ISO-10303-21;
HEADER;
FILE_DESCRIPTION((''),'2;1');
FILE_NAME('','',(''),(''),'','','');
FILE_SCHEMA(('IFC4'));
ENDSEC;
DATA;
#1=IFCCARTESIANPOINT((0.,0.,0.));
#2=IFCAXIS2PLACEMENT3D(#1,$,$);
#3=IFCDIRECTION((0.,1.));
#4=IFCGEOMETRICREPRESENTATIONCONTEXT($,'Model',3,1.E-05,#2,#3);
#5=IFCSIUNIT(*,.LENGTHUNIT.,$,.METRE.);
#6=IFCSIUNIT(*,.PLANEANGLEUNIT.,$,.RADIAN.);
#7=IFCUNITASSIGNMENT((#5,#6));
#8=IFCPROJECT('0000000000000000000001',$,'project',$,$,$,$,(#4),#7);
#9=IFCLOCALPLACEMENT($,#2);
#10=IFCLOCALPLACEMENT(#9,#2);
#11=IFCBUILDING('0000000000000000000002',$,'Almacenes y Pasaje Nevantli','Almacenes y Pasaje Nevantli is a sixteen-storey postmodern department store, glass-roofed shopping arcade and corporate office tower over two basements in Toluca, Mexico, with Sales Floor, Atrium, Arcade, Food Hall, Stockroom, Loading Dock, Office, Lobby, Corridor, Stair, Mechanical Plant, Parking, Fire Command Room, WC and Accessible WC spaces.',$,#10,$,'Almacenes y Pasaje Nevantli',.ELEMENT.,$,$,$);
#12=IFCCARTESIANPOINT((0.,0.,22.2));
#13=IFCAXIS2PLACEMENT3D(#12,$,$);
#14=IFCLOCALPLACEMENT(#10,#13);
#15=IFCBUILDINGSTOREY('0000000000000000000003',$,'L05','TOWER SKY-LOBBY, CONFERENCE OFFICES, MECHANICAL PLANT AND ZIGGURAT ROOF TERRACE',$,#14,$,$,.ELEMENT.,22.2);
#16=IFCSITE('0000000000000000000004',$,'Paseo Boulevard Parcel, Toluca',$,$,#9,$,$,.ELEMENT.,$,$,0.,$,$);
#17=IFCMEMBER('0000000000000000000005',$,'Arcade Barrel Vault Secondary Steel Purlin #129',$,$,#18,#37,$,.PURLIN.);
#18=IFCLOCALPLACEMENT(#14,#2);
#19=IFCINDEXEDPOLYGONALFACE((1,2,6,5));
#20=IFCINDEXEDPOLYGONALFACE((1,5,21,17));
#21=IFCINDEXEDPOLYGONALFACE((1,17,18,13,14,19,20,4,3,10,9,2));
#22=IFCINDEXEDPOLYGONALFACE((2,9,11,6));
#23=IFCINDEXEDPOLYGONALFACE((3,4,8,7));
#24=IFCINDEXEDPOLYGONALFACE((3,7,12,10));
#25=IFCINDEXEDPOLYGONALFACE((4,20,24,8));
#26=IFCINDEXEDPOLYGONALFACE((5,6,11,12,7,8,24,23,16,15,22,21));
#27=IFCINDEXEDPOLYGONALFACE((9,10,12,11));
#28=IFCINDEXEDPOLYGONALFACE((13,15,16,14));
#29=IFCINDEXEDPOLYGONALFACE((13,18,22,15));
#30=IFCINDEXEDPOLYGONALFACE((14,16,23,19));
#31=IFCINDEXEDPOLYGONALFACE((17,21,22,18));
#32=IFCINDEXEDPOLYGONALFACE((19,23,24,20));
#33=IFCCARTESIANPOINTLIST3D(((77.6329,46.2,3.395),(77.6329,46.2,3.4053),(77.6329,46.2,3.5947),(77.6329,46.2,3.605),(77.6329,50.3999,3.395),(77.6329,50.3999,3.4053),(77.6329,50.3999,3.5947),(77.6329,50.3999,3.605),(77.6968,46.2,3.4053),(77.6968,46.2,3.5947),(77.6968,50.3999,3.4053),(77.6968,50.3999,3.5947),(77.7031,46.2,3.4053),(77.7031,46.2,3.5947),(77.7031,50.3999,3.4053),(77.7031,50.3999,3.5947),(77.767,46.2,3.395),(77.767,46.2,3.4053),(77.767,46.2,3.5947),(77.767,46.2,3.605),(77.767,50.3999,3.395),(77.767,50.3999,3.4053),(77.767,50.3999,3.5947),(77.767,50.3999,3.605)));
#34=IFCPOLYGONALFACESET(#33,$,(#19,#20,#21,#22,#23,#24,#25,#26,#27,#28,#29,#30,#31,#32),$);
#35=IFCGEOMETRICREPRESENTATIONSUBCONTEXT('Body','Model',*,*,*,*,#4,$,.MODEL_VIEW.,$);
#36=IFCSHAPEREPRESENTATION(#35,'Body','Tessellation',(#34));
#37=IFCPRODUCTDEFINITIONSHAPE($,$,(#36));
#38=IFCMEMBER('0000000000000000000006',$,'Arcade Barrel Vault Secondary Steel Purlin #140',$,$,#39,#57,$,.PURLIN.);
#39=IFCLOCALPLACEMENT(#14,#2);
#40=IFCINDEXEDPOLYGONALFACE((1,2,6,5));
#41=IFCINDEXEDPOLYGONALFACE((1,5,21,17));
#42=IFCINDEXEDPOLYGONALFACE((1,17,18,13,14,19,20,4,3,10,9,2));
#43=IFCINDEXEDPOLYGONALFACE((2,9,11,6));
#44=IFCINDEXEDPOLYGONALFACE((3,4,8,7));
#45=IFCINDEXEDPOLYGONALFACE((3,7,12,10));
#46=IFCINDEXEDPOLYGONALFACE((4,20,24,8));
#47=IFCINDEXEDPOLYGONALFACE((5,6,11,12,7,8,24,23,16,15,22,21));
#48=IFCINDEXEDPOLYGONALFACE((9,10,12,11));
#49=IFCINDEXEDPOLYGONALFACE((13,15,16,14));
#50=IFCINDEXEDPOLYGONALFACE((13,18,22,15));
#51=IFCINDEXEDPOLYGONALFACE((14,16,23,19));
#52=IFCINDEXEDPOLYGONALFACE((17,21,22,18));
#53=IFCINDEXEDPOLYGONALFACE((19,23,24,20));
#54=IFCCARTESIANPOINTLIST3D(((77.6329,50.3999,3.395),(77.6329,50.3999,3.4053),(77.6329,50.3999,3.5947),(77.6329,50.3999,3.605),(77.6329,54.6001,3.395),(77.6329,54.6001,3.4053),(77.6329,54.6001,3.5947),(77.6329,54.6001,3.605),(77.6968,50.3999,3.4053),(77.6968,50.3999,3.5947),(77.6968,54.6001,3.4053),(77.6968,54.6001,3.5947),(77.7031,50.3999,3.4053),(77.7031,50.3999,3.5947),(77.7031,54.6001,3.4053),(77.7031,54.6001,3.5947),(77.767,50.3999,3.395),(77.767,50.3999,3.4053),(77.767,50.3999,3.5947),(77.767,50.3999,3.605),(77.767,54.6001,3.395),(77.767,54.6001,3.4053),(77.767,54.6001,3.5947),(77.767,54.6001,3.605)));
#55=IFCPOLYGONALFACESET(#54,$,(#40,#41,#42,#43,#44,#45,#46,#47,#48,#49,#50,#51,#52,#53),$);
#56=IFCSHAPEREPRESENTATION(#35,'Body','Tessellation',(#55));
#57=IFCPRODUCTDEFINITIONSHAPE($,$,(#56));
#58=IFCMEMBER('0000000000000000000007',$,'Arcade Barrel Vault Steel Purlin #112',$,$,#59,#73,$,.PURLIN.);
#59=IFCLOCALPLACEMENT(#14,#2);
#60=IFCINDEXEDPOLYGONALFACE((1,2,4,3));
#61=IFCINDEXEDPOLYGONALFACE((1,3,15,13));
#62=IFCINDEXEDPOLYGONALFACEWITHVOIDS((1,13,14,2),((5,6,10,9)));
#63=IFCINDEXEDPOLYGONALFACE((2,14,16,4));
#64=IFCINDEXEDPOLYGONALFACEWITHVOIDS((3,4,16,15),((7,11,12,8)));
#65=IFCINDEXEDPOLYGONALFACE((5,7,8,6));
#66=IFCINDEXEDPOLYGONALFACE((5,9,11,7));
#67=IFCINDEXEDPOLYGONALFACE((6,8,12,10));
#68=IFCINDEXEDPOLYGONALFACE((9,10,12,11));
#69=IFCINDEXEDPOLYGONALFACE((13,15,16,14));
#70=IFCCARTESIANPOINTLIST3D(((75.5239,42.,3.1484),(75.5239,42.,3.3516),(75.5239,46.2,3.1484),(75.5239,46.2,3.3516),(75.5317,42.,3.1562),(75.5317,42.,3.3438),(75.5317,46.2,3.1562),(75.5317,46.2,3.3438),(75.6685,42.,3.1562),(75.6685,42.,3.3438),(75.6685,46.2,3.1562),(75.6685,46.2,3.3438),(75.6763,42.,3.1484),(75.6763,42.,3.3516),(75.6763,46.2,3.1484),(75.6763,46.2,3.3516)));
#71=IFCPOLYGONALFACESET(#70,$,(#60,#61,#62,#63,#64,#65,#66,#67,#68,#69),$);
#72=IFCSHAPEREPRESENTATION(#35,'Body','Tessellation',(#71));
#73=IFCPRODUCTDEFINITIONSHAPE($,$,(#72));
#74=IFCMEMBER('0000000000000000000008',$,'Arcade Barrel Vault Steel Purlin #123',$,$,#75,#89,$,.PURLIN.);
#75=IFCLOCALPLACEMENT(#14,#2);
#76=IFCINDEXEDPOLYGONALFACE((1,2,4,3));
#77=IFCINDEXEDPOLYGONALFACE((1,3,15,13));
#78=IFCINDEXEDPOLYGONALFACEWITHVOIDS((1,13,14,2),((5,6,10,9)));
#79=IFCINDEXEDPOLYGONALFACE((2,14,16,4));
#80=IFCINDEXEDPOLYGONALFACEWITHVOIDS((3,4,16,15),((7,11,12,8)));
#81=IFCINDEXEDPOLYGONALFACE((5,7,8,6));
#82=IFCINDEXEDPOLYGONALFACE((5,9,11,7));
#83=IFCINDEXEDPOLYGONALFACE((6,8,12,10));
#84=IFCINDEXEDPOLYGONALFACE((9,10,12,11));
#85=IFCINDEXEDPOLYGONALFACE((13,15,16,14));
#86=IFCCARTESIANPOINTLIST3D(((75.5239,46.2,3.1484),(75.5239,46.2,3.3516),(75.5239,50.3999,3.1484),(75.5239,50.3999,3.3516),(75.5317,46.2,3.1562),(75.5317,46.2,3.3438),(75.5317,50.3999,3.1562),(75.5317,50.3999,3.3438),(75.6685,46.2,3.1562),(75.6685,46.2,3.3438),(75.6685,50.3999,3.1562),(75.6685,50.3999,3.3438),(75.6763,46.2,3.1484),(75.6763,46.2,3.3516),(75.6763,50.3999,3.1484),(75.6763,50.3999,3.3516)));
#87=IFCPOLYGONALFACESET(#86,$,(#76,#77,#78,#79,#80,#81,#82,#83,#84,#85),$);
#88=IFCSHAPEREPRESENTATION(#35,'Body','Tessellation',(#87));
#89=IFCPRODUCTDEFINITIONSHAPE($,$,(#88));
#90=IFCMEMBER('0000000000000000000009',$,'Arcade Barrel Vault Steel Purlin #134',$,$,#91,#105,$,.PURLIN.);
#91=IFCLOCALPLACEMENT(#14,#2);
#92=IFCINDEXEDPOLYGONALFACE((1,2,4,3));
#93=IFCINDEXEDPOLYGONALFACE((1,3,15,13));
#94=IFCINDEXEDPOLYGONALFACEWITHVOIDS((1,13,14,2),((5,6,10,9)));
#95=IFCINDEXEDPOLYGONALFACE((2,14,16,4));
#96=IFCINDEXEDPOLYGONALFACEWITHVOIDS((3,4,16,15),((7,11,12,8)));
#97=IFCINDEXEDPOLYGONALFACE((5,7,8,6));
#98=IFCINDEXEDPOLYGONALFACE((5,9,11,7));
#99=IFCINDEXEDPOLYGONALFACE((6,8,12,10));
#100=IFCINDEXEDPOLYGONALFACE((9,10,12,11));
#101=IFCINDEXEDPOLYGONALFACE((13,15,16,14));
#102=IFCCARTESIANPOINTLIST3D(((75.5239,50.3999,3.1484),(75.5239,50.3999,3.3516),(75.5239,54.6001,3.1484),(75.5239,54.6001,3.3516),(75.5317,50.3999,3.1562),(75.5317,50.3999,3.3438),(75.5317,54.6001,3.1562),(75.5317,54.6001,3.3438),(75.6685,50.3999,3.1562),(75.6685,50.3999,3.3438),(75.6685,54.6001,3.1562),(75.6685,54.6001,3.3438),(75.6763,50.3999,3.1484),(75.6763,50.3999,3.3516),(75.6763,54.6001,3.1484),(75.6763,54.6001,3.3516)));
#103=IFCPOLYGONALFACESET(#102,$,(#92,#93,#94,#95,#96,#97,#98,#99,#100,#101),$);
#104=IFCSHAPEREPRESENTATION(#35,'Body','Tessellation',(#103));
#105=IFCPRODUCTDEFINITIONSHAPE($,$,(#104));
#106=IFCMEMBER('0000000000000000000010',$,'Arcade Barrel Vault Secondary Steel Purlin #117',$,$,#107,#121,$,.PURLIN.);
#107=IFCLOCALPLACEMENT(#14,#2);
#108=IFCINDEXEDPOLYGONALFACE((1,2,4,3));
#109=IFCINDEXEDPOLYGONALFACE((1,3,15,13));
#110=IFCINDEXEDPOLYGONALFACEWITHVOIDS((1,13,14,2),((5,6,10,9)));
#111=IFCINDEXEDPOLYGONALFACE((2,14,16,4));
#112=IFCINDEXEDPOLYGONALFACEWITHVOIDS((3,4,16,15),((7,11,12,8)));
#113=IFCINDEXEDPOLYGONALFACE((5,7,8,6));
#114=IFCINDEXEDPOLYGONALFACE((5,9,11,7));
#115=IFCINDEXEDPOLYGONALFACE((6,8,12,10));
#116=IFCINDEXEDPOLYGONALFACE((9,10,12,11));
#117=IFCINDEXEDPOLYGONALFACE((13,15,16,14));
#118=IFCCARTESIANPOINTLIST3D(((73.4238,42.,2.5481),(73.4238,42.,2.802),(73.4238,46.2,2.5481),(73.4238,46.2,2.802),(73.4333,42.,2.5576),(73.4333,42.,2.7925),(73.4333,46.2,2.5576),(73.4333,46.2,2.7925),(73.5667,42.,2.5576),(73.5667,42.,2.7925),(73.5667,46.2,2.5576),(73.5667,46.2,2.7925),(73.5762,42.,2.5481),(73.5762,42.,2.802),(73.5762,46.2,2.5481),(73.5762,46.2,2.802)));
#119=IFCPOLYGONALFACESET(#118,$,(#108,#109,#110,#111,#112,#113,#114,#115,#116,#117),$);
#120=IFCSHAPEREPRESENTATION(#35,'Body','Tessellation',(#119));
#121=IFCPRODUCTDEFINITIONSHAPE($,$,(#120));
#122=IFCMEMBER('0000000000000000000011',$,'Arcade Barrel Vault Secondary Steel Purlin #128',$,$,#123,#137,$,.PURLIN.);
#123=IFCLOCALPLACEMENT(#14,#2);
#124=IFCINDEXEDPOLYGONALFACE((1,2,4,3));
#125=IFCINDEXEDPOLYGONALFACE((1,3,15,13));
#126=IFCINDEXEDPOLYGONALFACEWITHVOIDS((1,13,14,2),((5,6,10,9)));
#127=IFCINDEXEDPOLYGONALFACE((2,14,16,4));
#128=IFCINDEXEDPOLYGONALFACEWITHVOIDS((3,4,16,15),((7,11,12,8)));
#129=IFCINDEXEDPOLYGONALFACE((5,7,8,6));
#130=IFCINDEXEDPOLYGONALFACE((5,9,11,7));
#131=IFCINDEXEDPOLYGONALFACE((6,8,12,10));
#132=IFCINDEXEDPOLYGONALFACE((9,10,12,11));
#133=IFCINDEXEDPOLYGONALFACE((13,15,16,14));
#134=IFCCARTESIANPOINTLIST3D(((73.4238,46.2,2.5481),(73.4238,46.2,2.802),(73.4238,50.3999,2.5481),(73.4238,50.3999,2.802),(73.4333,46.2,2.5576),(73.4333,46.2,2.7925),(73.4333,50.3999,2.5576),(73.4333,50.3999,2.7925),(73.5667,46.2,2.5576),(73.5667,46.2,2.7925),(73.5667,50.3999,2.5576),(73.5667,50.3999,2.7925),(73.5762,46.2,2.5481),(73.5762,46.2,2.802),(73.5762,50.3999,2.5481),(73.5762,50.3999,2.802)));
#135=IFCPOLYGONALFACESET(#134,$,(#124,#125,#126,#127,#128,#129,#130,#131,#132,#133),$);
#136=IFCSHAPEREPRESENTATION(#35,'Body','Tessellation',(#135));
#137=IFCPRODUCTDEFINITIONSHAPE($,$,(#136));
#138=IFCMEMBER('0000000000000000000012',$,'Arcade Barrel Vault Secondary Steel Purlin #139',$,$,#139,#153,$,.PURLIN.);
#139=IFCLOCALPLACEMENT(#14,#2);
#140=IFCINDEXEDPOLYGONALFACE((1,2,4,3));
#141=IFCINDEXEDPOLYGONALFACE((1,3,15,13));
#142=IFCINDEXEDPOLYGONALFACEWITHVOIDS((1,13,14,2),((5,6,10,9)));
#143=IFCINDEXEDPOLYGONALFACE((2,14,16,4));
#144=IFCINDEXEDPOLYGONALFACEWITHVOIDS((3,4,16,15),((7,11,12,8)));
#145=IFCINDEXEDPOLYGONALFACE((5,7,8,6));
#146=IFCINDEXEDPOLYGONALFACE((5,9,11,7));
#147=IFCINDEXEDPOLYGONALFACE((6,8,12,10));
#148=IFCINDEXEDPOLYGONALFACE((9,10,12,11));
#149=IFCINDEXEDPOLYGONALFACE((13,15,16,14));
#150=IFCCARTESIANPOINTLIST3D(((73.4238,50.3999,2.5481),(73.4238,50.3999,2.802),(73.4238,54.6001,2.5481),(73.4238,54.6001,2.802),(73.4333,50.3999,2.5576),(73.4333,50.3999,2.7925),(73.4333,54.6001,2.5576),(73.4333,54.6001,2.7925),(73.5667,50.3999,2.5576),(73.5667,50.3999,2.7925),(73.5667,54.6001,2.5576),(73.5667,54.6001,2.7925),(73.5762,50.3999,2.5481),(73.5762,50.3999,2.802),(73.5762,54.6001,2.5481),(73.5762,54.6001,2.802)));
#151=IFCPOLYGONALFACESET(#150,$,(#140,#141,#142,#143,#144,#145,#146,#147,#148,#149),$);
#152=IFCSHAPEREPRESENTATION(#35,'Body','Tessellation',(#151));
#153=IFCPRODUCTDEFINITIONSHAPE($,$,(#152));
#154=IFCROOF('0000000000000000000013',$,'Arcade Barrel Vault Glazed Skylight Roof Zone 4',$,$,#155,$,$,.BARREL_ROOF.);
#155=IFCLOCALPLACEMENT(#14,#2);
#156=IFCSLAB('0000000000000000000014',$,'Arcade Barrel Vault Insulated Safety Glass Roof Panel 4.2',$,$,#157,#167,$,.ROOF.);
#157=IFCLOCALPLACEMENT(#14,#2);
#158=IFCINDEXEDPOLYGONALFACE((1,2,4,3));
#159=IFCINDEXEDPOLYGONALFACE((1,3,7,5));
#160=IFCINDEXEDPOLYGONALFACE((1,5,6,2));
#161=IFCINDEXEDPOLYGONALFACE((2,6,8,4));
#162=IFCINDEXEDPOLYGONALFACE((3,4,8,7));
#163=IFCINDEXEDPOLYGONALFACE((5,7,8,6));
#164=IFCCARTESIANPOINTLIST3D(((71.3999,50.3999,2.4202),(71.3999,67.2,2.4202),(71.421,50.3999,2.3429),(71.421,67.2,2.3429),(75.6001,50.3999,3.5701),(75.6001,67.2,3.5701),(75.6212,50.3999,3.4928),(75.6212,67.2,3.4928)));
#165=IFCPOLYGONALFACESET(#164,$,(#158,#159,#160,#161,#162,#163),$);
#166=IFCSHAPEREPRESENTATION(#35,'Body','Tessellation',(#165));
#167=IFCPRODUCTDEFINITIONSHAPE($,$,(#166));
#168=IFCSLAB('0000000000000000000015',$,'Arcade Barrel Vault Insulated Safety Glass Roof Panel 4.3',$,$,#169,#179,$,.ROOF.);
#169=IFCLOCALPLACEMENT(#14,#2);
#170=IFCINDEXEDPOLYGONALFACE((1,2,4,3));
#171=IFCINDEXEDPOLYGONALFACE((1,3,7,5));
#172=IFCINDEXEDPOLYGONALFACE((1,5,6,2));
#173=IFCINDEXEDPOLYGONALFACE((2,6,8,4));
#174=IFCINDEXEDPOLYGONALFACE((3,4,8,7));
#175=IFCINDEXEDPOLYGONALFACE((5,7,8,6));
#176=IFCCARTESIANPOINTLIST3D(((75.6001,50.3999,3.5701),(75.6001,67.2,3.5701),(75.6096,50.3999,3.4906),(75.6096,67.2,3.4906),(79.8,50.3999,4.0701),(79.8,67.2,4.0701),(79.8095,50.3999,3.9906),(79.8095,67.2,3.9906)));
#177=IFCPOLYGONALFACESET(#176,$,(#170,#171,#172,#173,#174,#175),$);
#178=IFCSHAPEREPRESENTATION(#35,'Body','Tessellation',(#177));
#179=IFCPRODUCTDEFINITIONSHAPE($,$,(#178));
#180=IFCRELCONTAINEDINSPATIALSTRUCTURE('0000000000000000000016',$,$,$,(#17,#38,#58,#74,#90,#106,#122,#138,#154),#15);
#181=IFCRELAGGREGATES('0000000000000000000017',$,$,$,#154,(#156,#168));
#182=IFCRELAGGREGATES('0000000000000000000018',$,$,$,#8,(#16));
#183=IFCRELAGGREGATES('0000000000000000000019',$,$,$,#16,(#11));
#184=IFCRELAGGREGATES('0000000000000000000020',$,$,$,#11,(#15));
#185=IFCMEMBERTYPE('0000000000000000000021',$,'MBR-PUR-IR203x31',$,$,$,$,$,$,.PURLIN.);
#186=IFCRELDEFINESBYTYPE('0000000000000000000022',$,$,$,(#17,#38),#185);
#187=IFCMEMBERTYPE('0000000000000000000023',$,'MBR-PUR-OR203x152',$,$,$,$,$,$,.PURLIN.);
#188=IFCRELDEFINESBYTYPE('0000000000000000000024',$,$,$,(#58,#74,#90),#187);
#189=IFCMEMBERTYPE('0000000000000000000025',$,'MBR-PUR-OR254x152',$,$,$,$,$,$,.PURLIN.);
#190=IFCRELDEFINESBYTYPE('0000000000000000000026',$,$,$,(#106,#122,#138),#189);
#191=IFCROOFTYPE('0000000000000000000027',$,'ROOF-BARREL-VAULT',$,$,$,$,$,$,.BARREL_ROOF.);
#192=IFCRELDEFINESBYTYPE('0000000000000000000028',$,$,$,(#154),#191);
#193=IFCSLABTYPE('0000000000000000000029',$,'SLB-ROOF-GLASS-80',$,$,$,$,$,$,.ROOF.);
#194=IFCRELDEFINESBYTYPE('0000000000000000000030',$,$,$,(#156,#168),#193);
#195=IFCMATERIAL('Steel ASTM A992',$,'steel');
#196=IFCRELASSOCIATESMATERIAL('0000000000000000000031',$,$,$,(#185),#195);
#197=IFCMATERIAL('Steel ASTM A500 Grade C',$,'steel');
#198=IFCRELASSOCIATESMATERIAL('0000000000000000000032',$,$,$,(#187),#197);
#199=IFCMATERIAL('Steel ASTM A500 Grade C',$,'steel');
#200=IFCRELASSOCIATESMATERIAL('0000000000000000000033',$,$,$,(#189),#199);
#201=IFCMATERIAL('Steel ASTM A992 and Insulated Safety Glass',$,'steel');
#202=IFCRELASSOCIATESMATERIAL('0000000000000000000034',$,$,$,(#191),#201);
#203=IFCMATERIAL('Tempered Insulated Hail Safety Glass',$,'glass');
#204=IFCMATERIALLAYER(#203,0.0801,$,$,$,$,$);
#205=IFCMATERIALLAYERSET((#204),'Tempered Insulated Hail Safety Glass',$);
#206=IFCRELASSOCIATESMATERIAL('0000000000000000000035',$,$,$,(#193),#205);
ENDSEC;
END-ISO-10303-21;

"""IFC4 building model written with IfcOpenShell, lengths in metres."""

from ifc_helpers import new_model, si_unit, direction, frame, origin, origin_2d, place, context, subcontext, project, spatial, polyline, hollow_rectangle, i_section, outline, extrude, material, layer, layer_set, material_profile, profile_set, type_object, element, aggregate, save


model = new_model("IFC4")

# Units and contexts
model_context = context("Model", 3, precision=1e-05, world=origin(), true_north=direction((0.0, 1.0)))
body_context = subcontext(model_context, "Body", "Model", "MODEL_VIEW")
ifc_project = project(units=[si_unit("LENGTHUNIT", "METRE"), si_unit("PLANEANGLEUNIT", "RADIAN")], contexts=[model_context])

# Site, building, storey
site_placement = place(None, origin())
site = spatial("IfcSite", under=ifc_project, at=site_placement, Name="Paseo Boulevard Parcel, Toluca", CompositionType="ELEMENT", RefElevation=0.0)
building_placement = place(site_placement, origin())
building = spatial("IfcBuilding", under=site, at=building_placement, Name="Almacenes y Pasaje Nevantli", Description="Almacenes y Pasaje Nevantli is a sixteen-storey postmodern department store, glass-roofed shopping arcade and corporate office tower over two basements in Toluca, Mexico, with Sales Floor, Atrium, Arcade, Food Hall, Stockroom, Loading Dock, Office, Lobby, Corridor, Stair, Mechanical Plant, Parking, Fire Command Room, WC and Accessible WC spaces.", LongName="Almacenes y Pasaje Nevantli", CompositionType="ELEMENT")
storey_placement = place(building_placement, frame((0.0, 0.0, 22.2)))
storey = spatial("IfcBuildingStorey", under=building, at=storey_placement, Name="L05", Description="TOWER SKY-LOBBY, CONFERENCE OFFICES, MECHANICAL PLANT AND ZIGGURAT ROOF TERRACE", CompositionType="ELEMENT", Elevation=22.2)

# Members
ifc_material_1 = material(Name="Steel ASTM A992", Category="steel")
ifc_material_profile_1 = material_profile(ifc_material_1, i_section(OverallWidth=0.134, OverallDepth=0.21, WebThickness=0.0063, FlangeThickness=0.0103, at=origin_2d()), Name="IR 203x31.3")
ifc_profile_set_1 = profile_set([ifc_material_profile_1], Name="Steel ASTM A992")
member_type_1 = type_object("IfcMemberType", Name="MBR-PUR-IR203x31", PredefinedType="PURLIN", material=ifc_profile_set_1)
for number, where, z_axis, x_axis, name in (
    (1, (77.7, 46.2, 3.5), (0.0, 1.0, 0.0), (-1.0, 0.0, 0.0), "Arcade Barrel Vault Secondary Steel Purlin #129"),
):
    element("IfcMember", number, at=place(storey_placement, frame(where, z_axis=z_axis, x_axis=x_axis)), inside=storey, type_object=member_type_1, Name=name, PredefinedType="PURLIN", context=body_context, shape_type="SweptSolid", body=[
        extrude(i_section(OverallWidth=0.134, OverallDepth=0.21, WebThickness=0.0063, FlangeThickness=0.0103, at=origin_2d()), origin(), (0.0, 0.0, 1.0), 4.2),
    ])
member_1_placement = place(storey_placement, frame((77.7, 50.3999, 3.5), z_axis=(0.0, 1.0, 0.0), x_axis=(-1.0, 0.0, 0.0)))
element("IfcMember", 2, at=member_1_placement, inside=storey, type_object=member_type_1, Name="Arcade Barrel Vault Secondary Steel Purlin #140", PredefinedType="PURLIN", context=body_context, shape_type="SweptSolid", body=[
    extrude(i_section(OverallWidth=0.134, OverallDepth=0.21, WebThickness=0.0063, FlangeThickness=0.0103, at=origin_2d()), origin(), (0.0, 0.0, 1.0), 4.2002),
])
ifc_material_2 = material(Name="Steel ASTM A500 Grade C", Category="steel")
ifc_material_profile_2 = material_profile(ifc_material_2, hollow_rectangle(XDim=0.1523, YDim=0.2031, WallThickness=0.0078, at=origin_2d()), Name="OR 203x152x7.9")
ifc_profile_set_2 = profile_set([ifc_material_profile_2], Name="Steel ASTM A500 Grade C")
member_type_2 = type_object("IfcMemberType", Name="MBR-PUR-OR203x152", PredefinedType="PURLIN", material=ifc_profile_set_2)
for number, where, z_axis, x_axis, name in (
    (3, (75.6001, 42.0, 3.25), (0.0, 1.0, 0.0), (-1.0, 0.0, 0.0), "Arcade Barrel Vault Steel Purlin #112"),
    (4, (75.6001, 46.2, 3.25), (0.0, 1.0, 0.0), (-1.0, 0.0, 0.0), "Arcade Barrel Vault Steel Purlin #123"),
):
    element("IfcMember", number, at=place(storey_placement, frame(where, z_axis=z_axis, x_axis=x_axis)), inside=storey, type_object=member_type_2, Name=name, PredefinedType="PURLIN", context=body_context, shape_type="SweptSolid", body=[
        extrude(hollow_rectangle(XDim=0.1523, YDim=0.2031, WallThickness=0.0078, at=origin_2d()), origin(), (0.0, 0.0, 1.0), 4.2),
    ])
member_2_placement = place(storey_placement, frame((75.6001, 50.3999, 3.25), z_axis=(0.0, 1.0, 0.0), x_axis=(-1.0, 0.0, 0.0)))
element("IfcMember", 5, at=member_2_placement, inside=storey, type_object=member_type_2, Name="Arcade Barrel Vault Steel Purlin #134", PredefinedType="PURLIN", context=body_context, shape_type="SweptSolid", body=[
    extrude(hollow_rectangle(XDim=0.1523, YDim=0.2031, WallThickness=0.0078, at=origin_2d()), origin(), (0.0, 0.0, 1.0), 4.2002),
])
ifc_material_3 = material(Name="Steel ASTM A500 Grade C", Category="steel")
ifc_material_profile_3 = material_profile(ifc_material_3, hollow_rectangle(XDim=0.1523, YDim=0.2539, WallThickness=0.0095, at=origin_2d()), Name="OR 254x152x9.5")
ifc_profile_set_3 = profile_set([ifc_material_profile_3], Name="Steel ASTM A500 Grade C")
member_type_3 = type_object("IfcMemberType", Name="MBR-PUR-OR254x152", PredefinedType="PURLIN", material=ifc_profile_set_3)
for number, where, z_axis, x_axis, name in (
    (6, (73.5, 42.0, 2.675), (0.0, 1.0, 0.0), (-1.0, 0.0, 0.0), "Arcade Barrel Vault Secondary Steel Purlin #117"),
    (7, (73.5, 46.2, 2.675), (0.0, 1.0, 0.0), (-1.0, 0.0, 0.0), "Arcade Barrel Vault Secondary Steel Purlin #128"),
):
    element("IfcMember", number, at=place(storey_placement, frame(where, z_axis=z_axis, x_axis=x_axis)), inside=storey, type_object=member_type_3, Name=name, PredefinedType="PURLIN", context=body_context, shape_type="SweptSolid", body=[
        extrude(hollow_rectangle(XDim=0.1523, YDim=0.2539, WallThickness=0.0095, at=origin_2d()), origin(), (0.0, 0.0, 1.0), 4.2),
    ])
member_3_placement = place(storey_placement, frame((73.5, 50.3999, 2.675), z_axis=(0.0, 1.0, 0.0), x_axis=(-1.0, 0.0, 0.0)))
element("IfcMember", 8, at=member_3_placement, inside=storey, type_object=member_type_3, Name="Arcade Barrel Vault Secondary Steel Purlin #139", PredefinedType="PURLIN", context=body_context, shape_type="SweptSolid", body=[
    extrude(hollow_rectangle(XDim=0.1523, YDim=0.2539, WallThickness=0.0095, at=origin_2d()), origin(), (0.0, 0.0, 1.0), 4.2002),
])

# Roof, slabs
ifc_material_4 = material(Name="Steel ASTM A992 and Insulated Safety Glass", Category="steel")
roof_type = type_object("IfcRoofType", Name="ROOF-BARREL-VAULT", PredefinedType="BARREL_ROOF", material=ifc_material_4)
roof_placement = place(storey_placement, origin())
roof = element("IfcRoof", 9, at=roof_placement, inside=storey, type_object=roof_type, Name="Arcade Barrel Vault Glazed Skylight Roof Zone 4", PredefinedType="BARREL_ROOF")
ifc_material_5 = material(Name="Tempered Insulated Hail Safety Glass", Category="glass")
ifc_layer = layer(ifc_material_5, 0.0801)
ifc_layer_set = layer_set([ifc_layer], Name="Tempered Insulated Hail Safety Glass")
slab_type = type_object("IfcSlabType", Name="SLB-ROOF-GLASS-80", PredefinedType="ROOF", material=ifc_layer_set)
slab_1_placement = place(storey_placement, frame((71.3999, 50.3999, 2.4202), z_axis=(-0.264057, 0.0, 0.964507), x_axis=(0.964507, 0.0, 0.264057)))
slab_1 = element("IfcSlab", 10, at=slab_1_placement, type_object=slab_type, Name="Arcade Barrel Vault Insulated Safety Glass Roof Panel 4.2", PredefinedType="ROOF", context=body_context, shape_type="SweptSolid", body=[
    extrude(outline(polyline([(0.0, 0.0), (4.3548, 0.0), (4.3548, 16.8), (0.0, 16.8), (0.0, 0.0)])), origin(), (0.0, 0.0, -1.0), 0.0801),
])
slab_2_placement = place(storey_placement, frame((75.6001, 50.3999, 3.5701), z_axis=(-0.118214, 0.0, 0.992988), x_axis=(0.992988, 0.0, 0.118214)))
slab_2 = element("IfcSlab", 11, at=slab_2_placement, type_object=slab_type, Name="Arcade Barrel Vault Insulated Safety Glass Roof Panel 4.3", PredefinedType="ROOF", context=body_context, shape_type="SweptSolid", body=[
    extrude(outline(polyline([(0.0, 0.0), (4.2296, 0.0), (4.2296, 16.8), (0.0, 16.8), (0.0, 0.0)])), origin(), (0.0, 0.0, -1.0), 0.0801),
])
aggregate(roof, [slab_1, slab_2])

save(model, "model.ifc")
